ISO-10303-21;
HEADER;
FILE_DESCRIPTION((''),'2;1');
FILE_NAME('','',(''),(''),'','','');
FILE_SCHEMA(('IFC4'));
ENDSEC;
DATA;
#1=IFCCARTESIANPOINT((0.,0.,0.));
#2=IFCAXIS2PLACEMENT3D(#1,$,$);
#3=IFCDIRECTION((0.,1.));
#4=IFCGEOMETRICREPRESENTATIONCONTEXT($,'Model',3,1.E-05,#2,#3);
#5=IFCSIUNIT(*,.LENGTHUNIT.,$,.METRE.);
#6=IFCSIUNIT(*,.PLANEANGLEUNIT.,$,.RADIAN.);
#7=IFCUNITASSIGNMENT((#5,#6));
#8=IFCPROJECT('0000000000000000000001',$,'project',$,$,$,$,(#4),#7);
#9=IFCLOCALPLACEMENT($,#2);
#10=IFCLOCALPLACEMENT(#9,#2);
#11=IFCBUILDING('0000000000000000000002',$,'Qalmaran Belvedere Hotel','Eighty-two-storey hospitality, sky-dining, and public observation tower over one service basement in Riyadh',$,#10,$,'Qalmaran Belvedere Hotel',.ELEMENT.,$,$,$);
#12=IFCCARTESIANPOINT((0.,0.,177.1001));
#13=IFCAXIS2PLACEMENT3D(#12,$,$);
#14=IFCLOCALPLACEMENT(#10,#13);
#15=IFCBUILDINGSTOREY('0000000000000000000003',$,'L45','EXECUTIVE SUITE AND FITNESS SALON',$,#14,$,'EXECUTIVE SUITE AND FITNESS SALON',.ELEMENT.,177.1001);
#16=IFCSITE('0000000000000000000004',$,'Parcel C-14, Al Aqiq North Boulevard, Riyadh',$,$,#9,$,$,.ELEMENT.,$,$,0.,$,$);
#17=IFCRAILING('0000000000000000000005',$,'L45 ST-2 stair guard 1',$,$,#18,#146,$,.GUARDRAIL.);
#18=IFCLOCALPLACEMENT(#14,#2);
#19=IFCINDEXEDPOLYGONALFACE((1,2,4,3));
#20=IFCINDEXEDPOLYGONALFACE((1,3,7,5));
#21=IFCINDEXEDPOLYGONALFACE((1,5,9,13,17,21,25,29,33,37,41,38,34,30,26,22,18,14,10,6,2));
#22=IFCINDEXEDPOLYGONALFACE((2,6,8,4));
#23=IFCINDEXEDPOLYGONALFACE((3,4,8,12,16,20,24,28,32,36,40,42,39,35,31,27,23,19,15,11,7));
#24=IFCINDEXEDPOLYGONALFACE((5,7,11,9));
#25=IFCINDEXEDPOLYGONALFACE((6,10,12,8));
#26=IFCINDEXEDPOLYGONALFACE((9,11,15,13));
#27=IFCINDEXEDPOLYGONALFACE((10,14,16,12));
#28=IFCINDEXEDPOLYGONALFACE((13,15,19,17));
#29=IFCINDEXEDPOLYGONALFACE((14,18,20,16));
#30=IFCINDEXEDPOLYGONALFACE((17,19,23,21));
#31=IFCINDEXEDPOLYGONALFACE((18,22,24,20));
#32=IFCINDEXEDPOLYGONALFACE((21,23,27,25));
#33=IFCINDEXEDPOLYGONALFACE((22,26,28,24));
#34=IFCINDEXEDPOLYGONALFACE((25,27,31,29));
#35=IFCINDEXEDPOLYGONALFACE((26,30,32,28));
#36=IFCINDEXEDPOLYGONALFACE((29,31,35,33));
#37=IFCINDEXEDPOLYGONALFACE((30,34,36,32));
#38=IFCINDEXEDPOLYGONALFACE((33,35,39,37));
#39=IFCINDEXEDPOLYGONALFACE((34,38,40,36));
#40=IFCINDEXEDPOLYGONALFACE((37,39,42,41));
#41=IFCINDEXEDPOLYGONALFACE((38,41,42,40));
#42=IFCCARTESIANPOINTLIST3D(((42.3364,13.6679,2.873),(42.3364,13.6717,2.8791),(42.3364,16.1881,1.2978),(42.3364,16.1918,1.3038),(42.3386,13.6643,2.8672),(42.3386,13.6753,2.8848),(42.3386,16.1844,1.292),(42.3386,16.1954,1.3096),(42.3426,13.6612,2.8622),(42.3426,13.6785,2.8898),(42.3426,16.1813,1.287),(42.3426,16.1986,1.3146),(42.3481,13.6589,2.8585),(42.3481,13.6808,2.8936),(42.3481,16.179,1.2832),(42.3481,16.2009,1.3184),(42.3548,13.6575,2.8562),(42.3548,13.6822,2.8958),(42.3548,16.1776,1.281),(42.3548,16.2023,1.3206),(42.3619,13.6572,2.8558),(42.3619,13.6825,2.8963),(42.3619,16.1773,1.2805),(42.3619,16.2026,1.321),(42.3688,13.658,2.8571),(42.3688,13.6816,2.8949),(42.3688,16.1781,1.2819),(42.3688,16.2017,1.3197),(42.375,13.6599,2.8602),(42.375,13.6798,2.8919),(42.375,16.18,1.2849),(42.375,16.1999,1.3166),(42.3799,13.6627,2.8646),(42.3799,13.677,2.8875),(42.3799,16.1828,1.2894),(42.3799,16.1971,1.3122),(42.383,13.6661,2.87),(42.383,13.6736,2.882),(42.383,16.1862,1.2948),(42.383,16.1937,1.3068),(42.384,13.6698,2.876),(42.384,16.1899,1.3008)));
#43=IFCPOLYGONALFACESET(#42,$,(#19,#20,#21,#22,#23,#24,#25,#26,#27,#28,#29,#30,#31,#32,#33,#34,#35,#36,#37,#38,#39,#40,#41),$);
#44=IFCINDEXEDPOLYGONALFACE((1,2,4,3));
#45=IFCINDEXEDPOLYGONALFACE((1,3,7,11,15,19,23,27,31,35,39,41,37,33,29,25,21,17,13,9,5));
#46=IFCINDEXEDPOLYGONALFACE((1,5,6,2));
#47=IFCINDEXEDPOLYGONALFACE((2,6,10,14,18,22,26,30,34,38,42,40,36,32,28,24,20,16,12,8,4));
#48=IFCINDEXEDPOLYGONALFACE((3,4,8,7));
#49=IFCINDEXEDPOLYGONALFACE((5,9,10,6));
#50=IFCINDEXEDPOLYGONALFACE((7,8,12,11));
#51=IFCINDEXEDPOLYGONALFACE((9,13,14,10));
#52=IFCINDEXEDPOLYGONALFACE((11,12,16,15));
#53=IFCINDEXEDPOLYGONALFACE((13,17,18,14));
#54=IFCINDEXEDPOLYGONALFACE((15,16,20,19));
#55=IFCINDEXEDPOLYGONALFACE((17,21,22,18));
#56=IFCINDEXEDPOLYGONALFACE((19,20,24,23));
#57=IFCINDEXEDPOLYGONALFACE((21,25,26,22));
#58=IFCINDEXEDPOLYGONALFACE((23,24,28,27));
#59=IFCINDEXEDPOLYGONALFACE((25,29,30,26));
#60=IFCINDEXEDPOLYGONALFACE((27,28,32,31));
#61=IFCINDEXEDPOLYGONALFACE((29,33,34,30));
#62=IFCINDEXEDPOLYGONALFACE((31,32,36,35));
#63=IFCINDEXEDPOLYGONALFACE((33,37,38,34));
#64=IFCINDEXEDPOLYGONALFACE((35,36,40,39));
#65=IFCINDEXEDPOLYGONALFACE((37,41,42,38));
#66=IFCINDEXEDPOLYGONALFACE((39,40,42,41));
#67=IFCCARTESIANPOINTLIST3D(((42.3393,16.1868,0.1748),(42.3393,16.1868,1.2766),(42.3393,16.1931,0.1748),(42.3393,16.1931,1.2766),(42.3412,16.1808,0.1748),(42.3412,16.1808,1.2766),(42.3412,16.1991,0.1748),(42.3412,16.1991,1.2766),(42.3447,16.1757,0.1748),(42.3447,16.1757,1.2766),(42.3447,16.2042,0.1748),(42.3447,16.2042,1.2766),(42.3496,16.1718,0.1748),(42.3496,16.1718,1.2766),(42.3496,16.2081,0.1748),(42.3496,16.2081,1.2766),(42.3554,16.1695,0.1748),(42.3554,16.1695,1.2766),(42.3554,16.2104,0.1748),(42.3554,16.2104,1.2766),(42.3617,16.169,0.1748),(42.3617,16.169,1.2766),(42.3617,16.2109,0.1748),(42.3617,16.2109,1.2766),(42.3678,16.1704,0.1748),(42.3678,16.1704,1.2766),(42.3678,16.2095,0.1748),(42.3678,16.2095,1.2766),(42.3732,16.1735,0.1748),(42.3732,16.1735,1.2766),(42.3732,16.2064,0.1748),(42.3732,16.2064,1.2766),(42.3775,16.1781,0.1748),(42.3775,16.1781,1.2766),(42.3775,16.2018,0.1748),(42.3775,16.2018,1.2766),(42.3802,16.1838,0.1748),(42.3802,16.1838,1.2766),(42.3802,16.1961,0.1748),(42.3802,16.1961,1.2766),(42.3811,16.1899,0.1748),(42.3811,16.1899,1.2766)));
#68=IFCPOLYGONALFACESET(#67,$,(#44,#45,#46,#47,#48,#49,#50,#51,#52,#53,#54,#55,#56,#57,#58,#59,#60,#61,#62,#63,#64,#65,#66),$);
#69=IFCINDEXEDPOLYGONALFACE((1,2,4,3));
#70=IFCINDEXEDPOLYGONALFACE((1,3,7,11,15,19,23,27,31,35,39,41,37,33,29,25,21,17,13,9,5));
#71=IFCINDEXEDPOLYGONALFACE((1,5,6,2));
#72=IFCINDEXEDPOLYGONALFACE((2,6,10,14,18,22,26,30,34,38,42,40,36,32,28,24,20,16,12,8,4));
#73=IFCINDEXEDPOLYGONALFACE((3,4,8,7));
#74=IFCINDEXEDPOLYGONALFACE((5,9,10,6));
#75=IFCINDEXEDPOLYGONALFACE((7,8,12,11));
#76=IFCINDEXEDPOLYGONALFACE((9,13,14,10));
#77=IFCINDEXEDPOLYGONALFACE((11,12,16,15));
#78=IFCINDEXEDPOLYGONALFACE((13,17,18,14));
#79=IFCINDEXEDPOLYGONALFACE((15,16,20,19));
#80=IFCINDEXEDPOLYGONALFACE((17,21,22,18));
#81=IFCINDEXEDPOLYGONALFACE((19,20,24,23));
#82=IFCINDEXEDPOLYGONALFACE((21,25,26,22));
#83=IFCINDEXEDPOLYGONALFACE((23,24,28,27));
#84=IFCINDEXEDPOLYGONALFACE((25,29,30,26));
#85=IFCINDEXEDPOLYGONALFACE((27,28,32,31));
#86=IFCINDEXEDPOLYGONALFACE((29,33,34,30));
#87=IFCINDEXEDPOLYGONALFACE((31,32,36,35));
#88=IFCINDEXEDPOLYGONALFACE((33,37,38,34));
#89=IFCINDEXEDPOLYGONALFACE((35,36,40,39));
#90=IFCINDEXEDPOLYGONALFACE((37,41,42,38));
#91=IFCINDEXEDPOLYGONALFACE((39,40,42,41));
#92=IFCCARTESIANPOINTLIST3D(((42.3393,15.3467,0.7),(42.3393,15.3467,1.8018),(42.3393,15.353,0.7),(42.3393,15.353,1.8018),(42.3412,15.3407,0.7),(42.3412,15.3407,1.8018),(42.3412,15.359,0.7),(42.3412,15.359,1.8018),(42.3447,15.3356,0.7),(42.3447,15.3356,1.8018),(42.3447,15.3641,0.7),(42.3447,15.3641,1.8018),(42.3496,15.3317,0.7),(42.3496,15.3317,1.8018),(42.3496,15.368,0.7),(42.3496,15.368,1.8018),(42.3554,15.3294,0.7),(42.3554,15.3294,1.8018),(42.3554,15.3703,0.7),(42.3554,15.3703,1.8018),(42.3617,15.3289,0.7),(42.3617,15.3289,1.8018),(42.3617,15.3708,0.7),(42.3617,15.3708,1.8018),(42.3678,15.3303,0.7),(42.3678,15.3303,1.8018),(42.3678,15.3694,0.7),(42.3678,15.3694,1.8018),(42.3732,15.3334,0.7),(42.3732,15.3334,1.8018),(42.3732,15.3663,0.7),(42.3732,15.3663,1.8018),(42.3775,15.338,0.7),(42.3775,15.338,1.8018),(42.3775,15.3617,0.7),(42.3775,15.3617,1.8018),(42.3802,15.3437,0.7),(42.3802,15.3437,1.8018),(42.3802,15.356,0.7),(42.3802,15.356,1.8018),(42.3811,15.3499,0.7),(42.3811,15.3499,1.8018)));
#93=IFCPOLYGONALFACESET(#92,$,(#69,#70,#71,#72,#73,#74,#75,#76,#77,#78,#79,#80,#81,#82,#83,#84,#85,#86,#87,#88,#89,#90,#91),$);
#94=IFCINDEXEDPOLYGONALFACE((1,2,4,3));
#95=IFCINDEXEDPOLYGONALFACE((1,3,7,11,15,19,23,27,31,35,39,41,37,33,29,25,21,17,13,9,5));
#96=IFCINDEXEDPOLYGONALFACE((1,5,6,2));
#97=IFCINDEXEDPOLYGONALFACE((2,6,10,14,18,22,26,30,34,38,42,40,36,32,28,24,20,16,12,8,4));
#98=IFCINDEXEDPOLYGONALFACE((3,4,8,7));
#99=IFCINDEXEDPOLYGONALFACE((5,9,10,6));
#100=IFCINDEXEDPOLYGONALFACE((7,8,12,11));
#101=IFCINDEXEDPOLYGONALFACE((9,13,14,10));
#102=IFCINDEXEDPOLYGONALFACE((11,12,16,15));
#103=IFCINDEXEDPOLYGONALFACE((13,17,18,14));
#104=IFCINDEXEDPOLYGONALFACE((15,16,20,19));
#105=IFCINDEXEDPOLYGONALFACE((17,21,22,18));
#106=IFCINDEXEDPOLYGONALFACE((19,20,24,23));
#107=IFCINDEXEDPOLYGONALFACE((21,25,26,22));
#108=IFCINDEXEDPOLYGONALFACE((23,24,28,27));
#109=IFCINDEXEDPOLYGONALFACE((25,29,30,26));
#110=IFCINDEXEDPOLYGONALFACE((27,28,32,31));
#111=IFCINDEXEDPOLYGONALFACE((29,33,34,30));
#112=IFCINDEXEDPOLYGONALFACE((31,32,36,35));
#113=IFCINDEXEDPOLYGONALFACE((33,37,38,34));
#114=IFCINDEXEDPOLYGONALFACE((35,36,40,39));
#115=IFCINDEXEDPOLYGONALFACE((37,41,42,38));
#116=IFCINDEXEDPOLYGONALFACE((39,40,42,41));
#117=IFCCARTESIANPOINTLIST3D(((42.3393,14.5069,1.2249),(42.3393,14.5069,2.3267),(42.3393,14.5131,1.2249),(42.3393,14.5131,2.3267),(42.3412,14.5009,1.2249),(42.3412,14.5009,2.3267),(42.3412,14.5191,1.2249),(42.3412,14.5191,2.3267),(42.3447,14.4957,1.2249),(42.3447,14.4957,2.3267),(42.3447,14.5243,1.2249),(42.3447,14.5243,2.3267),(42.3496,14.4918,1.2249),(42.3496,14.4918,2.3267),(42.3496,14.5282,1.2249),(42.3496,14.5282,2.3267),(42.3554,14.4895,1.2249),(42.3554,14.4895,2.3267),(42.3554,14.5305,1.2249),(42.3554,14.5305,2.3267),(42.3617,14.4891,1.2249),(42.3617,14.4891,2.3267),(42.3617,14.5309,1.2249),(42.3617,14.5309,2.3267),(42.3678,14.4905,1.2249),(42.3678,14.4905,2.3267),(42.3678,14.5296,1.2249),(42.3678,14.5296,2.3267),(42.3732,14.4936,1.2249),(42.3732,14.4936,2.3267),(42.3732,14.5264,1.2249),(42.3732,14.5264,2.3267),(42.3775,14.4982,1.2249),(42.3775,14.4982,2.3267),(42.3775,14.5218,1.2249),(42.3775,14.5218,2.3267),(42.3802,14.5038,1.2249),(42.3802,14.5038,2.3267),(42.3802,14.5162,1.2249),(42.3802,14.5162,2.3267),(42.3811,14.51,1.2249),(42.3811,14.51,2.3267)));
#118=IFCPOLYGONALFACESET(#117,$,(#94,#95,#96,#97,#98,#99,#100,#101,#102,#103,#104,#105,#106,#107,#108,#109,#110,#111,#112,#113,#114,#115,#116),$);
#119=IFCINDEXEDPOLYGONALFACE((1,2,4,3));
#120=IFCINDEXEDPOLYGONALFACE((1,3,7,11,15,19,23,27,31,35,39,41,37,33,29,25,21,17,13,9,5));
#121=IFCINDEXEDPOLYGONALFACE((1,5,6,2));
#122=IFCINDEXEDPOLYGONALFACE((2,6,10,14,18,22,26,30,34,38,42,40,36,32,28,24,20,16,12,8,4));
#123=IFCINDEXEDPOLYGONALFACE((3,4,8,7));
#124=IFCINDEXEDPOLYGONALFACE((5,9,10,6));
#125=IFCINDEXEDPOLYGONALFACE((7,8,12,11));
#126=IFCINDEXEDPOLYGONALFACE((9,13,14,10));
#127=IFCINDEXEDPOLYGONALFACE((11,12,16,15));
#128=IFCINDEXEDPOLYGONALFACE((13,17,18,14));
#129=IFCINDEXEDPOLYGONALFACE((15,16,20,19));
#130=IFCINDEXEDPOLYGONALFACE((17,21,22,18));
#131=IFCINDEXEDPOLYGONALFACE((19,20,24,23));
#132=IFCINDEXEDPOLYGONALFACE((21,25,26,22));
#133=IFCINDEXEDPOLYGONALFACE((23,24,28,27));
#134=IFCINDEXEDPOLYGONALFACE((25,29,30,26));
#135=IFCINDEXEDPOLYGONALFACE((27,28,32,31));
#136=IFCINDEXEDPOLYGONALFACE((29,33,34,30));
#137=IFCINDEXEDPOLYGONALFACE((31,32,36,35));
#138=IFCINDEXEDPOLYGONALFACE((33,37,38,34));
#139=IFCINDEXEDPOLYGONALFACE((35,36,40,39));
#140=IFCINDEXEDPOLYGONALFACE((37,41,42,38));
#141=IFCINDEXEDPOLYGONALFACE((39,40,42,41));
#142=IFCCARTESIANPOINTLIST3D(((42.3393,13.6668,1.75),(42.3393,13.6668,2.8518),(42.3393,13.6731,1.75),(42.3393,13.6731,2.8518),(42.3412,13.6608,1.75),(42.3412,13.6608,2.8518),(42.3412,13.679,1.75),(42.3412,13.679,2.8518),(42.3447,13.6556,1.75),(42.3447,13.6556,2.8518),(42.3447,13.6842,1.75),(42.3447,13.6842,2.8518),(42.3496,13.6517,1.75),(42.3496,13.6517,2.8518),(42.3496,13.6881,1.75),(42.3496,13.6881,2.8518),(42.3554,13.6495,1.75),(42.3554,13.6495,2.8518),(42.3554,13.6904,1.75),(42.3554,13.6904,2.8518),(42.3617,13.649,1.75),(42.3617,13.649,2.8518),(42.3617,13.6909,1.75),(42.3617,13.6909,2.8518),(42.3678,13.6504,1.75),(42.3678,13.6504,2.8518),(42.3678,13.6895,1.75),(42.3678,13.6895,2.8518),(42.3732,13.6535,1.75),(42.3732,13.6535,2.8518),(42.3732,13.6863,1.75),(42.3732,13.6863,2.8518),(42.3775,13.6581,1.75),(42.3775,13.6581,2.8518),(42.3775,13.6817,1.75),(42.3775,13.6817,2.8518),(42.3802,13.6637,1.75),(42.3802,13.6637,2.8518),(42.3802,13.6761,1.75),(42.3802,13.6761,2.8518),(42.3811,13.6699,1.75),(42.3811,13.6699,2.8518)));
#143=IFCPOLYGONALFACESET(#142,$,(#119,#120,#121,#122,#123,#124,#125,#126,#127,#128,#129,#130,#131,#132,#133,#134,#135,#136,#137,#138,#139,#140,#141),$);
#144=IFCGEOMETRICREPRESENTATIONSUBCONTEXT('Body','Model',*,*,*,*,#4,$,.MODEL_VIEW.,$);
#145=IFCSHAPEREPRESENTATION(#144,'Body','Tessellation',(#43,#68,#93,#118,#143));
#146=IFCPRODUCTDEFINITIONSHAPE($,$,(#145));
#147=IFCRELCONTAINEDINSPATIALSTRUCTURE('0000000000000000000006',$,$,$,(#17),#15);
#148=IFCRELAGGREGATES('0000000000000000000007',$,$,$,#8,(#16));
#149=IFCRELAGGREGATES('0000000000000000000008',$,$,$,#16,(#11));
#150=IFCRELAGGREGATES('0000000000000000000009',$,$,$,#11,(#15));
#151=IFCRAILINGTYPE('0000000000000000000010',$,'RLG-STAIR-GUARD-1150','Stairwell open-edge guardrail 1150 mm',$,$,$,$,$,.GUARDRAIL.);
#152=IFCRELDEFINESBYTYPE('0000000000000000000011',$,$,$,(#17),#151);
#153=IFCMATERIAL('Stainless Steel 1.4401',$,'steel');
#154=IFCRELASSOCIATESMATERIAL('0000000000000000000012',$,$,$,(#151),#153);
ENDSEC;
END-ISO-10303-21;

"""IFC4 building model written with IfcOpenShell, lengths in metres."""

from ifc_helpers import new_model, si_unit, direction, frame, origin, origin_2d, place, context, subcontext, project, spatial, circle, extrude, material, type_object, element, save


model = new_model("IFC4")

# Units and contexts
model_context = context("Model", 3, precision=1e-05, world=origin(), true_north=direction((0.0, 1.0)))
body_context = subcontext(model_context, "Body", "Model", "MODEL_VIEW")
ifc_project = project(units=[si_unit("LENGTHUNIT", "METRE"), si_unit("PLANEANGLEUNIT", "RADIAN")], contexts=[model_context])

# Site, building, storey
site_placement = place(None, origin())
site = spatial("IfcSite", under=ifc_project, at=site_placement, Name="Parcel C-14, Al Aqiq North Boulevard, Riyadh", CompositionType="ELEMENT", RefElevation=0.0)
building_placement = place(site_placement, origin())
building = spatial("IfcBuilding", under=site, at=building_placement, Name="Qalmaran Belvedere Hotel", Description="Eighty-two-storey hospitality, sky-dining, and public observation tower over one service basement in Riyadh", LongName="Qalmaran Belvedere Hotel", CompositionType="ELEMENT")
storey_placement = place(building_placement, frame((0.0, 0.0, 177.1001)))
storey = spatial("IfcBuildingStorey", under=building, at=storey_placement, Name="L45", Description="EXECUTIVE SUITE AND FITNESS SALON", LongName="EXECUTIVE SUITE AND FITNESS SALON", CompositionType="ELEMENT", Elevation=177.1001)

# Railing
ifc_material_1 = material(Name="Stainless Steel 1.4401", Category="steel")
railing_type_1 = type_object("IfcRailingType", Name="RLG-STAIR-GUARD-1150", Description="Stairwell open-edge guardrail 1150 mm", PredefinedType="GUARDRAIL", material=ifc_material_1)
railing_1_placement = place(storey_placement, frame((42.3601, 16.1899, 0.1748)))
element("IfcRailing", 1, at=railing_1_placement, inside=storey, type_object=railing_type_1, Name="L45 ST-2 stair guard 1", PredefinedType="GUARDRAIL", context=body_context, shape_type="SweptSolid", body=[
    extrude(circle(Radius=0.0239, at=origin_2d()), frame((0.0, 0.0, 1.126), z_axis=(0.0, -0.847971, 0.530043), x_axis=(1.0, 0.0, 0.0)), (0.0, 0.0, 1.0), 2.9719),
    extrude(circle(Radius=0.021, at=origin_2d()), origin(), (0.0, 0.0, 1.0), 1.1018),
    extrude(circle(Radius=0.021, at=origin_2d()), frame((0.0, -0.8401, 0.5251)), (0.0, 0.0, 1.0), 1.1018),
    extrude(circle(Radius=0.021, at=origin_2d()), frame((0.0, -1.6799, 1.05)), (0.0, 0.0, 1.0), 1.1018),
    extrude(circle(Radius=0.021, at=origin_2d()), frame((0.0, -2.52, 1.5752)), (0.0, 0.0, 1.0), 1.1018),
])

save(model, "model.ifc")
